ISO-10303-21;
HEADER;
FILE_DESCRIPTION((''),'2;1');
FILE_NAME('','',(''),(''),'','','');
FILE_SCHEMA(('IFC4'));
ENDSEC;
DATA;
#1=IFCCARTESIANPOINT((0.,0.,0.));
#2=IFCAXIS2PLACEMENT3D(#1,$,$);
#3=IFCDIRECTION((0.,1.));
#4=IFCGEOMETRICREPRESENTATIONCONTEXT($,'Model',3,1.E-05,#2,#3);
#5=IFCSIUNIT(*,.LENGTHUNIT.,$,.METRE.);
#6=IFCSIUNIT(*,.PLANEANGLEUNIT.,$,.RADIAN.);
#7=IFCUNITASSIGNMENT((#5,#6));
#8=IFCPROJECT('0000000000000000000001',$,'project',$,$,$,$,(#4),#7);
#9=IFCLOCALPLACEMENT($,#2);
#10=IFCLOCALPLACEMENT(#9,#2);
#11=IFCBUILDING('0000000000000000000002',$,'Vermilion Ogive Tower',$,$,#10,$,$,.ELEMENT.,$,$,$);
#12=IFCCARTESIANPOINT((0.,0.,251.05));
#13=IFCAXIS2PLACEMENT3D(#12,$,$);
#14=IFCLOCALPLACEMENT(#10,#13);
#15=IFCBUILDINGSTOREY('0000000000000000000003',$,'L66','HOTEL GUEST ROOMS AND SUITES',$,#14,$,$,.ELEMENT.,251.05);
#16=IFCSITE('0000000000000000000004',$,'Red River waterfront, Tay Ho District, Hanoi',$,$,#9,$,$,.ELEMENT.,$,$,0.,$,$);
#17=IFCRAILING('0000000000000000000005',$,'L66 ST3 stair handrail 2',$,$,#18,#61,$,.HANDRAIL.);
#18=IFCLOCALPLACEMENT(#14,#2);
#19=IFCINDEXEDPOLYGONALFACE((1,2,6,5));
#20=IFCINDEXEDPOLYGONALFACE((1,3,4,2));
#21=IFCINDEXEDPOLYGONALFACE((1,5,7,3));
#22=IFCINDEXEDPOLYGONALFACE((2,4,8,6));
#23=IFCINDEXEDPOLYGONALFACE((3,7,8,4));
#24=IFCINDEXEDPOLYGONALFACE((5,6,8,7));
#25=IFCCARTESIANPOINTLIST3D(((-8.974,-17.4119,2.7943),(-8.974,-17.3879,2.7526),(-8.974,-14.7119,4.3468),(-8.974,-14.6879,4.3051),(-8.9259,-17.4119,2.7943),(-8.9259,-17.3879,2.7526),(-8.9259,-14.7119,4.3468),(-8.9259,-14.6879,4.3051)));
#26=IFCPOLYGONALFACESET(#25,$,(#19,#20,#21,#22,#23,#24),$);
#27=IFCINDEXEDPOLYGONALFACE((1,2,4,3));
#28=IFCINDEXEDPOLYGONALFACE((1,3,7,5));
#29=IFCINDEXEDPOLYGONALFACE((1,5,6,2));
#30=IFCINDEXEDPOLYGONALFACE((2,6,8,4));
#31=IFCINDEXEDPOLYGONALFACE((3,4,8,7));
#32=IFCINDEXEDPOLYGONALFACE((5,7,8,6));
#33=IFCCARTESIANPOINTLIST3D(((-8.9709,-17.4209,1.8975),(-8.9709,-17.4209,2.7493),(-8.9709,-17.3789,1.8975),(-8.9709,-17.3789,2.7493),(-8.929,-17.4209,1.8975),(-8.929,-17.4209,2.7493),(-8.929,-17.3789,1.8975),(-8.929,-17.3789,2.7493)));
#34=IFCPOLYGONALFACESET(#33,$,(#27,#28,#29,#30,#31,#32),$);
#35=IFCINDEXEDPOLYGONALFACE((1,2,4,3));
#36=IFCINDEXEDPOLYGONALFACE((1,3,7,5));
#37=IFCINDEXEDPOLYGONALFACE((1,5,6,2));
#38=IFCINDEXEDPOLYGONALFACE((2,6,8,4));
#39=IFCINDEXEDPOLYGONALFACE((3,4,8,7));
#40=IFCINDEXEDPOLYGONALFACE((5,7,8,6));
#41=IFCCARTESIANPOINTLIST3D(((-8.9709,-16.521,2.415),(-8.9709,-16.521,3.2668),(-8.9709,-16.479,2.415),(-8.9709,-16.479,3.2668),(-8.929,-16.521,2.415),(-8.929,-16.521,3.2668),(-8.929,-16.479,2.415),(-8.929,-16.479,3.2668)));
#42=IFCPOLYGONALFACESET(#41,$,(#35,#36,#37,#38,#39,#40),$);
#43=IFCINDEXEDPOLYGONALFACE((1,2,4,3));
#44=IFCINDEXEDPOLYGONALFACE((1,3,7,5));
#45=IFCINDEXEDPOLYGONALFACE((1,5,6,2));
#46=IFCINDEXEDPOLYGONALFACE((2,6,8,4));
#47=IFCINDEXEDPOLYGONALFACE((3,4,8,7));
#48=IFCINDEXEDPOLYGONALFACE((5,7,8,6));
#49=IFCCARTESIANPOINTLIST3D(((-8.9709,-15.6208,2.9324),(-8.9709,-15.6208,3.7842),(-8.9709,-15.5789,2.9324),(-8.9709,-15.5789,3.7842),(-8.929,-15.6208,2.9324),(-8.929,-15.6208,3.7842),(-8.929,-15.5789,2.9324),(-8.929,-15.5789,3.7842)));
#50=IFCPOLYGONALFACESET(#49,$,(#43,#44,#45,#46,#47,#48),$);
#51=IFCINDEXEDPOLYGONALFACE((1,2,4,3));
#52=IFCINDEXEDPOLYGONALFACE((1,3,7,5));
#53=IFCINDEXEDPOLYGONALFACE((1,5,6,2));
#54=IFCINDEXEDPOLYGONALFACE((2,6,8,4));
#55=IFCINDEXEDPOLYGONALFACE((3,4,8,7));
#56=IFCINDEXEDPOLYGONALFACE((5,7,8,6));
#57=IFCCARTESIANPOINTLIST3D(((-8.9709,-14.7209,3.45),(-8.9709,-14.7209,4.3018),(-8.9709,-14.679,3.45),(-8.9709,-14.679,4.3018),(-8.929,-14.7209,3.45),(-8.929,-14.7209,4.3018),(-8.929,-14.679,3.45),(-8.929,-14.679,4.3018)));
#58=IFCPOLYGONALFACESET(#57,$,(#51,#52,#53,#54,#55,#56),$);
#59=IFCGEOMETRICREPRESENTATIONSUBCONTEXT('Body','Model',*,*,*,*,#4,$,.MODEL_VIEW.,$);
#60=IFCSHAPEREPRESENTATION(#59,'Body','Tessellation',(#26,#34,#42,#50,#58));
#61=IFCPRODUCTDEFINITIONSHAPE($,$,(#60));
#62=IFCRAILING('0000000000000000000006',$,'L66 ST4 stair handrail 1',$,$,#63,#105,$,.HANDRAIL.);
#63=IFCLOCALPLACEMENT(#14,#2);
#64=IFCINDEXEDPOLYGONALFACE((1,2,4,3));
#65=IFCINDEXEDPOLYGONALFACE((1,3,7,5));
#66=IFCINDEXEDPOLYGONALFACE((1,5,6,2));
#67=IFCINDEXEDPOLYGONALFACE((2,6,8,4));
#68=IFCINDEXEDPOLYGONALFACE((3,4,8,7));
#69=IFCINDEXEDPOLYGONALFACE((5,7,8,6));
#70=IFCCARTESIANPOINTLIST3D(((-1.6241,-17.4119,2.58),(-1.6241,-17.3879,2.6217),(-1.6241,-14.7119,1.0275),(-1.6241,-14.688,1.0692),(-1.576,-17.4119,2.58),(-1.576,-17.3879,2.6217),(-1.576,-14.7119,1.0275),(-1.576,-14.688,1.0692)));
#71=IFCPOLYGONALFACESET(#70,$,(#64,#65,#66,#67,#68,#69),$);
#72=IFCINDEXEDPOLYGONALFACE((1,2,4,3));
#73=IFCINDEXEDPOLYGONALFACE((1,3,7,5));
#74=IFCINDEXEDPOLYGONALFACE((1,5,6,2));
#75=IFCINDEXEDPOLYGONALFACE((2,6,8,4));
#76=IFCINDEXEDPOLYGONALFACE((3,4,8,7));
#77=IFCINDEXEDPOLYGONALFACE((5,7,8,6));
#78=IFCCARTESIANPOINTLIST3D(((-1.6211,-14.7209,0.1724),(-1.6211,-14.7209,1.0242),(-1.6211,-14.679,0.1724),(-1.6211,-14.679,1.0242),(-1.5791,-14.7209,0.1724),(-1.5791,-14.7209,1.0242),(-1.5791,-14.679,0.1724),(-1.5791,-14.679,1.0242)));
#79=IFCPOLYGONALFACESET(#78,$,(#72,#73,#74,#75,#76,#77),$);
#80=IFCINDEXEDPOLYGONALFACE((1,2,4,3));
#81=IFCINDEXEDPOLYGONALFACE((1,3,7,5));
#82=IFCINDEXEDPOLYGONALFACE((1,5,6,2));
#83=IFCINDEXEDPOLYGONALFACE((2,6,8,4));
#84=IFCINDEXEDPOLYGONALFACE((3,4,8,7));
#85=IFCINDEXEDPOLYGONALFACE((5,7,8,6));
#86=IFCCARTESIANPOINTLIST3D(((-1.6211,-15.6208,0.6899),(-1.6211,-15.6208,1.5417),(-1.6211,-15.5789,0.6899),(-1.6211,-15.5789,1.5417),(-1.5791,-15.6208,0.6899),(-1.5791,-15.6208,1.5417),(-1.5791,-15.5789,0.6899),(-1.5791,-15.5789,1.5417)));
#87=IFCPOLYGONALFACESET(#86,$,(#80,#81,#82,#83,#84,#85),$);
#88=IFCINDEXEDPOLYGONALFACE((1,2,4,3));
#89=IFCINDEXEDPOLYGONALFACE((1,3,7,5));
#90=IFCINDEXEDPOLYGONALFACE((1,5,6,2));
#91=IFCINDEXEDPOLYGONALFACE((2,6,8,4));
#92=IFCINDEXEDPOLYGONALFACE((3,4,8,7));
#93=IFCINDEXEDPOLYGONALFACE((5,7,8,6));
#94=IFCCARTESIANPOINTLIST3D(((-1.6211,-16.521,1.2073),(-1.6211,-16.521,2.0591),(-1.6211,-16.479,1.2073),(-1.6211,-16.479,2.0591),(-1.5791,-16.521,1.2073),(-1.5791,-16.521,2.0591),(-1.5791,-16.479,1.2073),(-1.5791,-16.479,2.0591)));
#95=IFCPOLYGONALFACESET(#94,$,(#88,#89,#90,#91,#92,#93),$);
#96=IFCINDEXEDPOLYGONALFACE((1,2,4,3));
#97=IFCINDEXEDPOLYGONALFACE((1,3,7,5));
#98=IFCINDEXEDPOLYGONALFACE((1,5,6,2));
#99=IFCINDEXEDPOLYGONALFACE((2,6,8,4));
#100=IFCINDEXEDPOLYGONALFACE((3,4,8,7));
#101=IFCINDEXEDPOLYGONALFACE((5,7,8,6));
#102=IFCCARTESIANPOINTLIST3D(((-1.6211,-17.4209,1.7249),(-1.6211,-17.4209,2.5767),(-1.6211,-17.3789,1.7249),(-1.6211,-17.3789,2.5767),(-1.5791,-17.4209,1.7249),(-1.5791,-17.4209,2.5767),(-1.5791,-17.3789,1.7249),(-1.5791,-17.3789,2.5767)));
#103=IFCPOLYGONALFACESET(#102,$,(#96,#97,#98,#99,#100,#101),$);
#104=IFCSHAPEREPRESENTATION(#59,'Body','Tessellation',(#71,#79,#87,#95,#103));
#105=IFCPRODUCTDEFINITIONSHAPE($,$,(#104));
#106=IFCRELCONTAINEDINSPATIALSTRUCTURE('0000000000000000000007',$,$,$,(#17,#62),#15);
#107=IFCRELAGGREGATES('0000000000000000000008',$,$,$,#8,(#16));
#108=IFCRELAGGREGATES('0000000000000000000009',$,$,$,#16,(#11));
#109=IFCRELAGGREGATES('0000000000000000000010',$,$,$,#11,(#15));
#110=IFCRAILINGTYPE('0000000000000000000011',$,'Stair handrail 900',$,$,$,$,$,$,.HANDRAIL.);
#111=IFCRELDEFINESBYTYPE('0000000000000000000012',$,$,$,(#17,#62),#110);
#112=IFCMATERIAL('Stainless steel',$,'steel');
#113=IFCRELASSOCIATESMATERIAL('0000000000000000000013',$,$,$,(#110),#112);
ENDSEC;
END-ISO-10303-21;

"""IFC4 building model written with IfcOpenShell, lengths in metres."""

from ifc_helpers import new_model, si_unit, direction, frame, origin, origin_2d, place, context, subcontext, project, spatial, rectangle, extrude, material, type_object, element, save


model = new_model("IFC4")

# Units and contexts
model_context = context("Model", 3, precision=1e-05, world=origin(), true_north=direction((0.0, 1.0)))
body_context = subcontext(model_context, "Body", "Model", "MODEL_VIEW")
ifc_project = project(units=[si_unit("LENGTHUNIT", "METRE"), si_unit("PLANEANGLEUNIT", "RADIAN")], contexts=[model_context])

# Site, building, storey
site_placement = place(None, origin())
site = spatial("IfcSite", under=ifc_project, at=site_placement, Name="Red River waterfront, Tay Ho District, Hanoi", CompositionType="ELEMENT", RefElevation=0.0)
building_placement = place(site_placement, origin())
building = spatial("IfcBuilding", under=site, at=building_placement, Name="Vermilion Ogive Tower", CompositionType="ELEMENT")
storey_placement = place(building_placement, frame((0.0, 0.0, 251.05)))
storey = spatial("IfcBuildingStorey", under=building, at=storey_placement, Name="L66", Description="HOTEL GUEST ROOMS AND SUITES", CompositionType="ELEMENT", Elevation=251.05)

# Railings
ifc_material_1 = material(Name="Stainless steel", Category="steel")
railing_type_1 = type_object("IfcRailingType", Name="Stair handrail 900", PredefinedType="HANDRAIL", material=ifc_material_1)
railing_1_placement = place(storey_placement, frame((-8.95, -17.3999, 1.8975)))
element("IfcRailing", 1, at=railing_1_placement, inside=storey, type_object=railing_type_1, Name="L66 ST3 stair handrail 2", PredefinedType="HANDRAIL", context=body_context, shape_type="SweptSolid", body=[
    extrude(rectangle(XDim=0.0481, YDim=0.0481, at=origin_2d()), frame((0.0, 0.0, 0.876), z_axis=(0.0, 0.866904, 0.498476), x_axis=(-1.0, 0.0, 0.0)), (0.0, 0.0, 1.0), 3.1145),
    extrude(rectangle(XDim=0.042, YDim=0.042, at=origin_2d()), origin(), (0.0, 0.0, 1.0), 0.8518),
    extrude(rectangle(XDim=0.042, YDim=0.042, at=origin_2d()), frame((0.0, 0.8999, 0.5176)), (0.0, 0.0, 1.0), 0.8518),
    extrude(rectangle(XDim=0.042, YDim=0.042, at=origin_2d()), frame((0.0, 1.8, 1.0349)), (0.0, 0.0, 1.0), 0.8518),
    extrude(rectangle(XDim=0.042, YDim=0.042, at=origin_2d()), frame((0.0, 2.7, 1.5525)), (0.0, 0.0, 1.0), 0.8518),
])
railing_2_placement = place(storey_placement, frame((-1.6001, -14.7, 0.1724)))
element("IfcRailing", 2, at=railing_2_placement, inside=storey, type_object=railing_type_1, Name="L66 ST4 stair handrail 1", PredefinedType="HANDRAIL", context=body_context, shape_type="SweptSolid", body=[
    extrude(rectangle(XDim=0.0481, YDim=0.0481, at=origin_2d()), frame((0.0, 0.0, 0.876), z_axis=(0.0, -0.866904, 0.498476), x_axis=(1.0, 0.0, 0.0)), (0.0, 0.0, 1.0), 3.1145),
    extrude(rectangle(XDim=0.042, YDim=0.042, at=origin_2d()), origin(), (0.0, 0.0, 1.0), 0.8518),
    extrude(rectangle(XDim=0.042, YDim=0.042, at=origin_2d()), frame((0.0, -0.8999, 0.5176)), (0.0, 0.0, 1.0), 0.8518),
    extrude(rectangle(XDim=0.042, YDim=0.042, at=origin_2d()), frame((0.0, -1.8, 1.0349)), (0.0, 0.0, 1.0), 0.8518),
    extrude(rectangle(XDim=0.042, YDim=0.042, at=origin_2d()), frame((0.0, -2.7, 1.5525)), (0.0, 0.0, 1.0), 0.8518),
])

save(model, "model.ifc")
